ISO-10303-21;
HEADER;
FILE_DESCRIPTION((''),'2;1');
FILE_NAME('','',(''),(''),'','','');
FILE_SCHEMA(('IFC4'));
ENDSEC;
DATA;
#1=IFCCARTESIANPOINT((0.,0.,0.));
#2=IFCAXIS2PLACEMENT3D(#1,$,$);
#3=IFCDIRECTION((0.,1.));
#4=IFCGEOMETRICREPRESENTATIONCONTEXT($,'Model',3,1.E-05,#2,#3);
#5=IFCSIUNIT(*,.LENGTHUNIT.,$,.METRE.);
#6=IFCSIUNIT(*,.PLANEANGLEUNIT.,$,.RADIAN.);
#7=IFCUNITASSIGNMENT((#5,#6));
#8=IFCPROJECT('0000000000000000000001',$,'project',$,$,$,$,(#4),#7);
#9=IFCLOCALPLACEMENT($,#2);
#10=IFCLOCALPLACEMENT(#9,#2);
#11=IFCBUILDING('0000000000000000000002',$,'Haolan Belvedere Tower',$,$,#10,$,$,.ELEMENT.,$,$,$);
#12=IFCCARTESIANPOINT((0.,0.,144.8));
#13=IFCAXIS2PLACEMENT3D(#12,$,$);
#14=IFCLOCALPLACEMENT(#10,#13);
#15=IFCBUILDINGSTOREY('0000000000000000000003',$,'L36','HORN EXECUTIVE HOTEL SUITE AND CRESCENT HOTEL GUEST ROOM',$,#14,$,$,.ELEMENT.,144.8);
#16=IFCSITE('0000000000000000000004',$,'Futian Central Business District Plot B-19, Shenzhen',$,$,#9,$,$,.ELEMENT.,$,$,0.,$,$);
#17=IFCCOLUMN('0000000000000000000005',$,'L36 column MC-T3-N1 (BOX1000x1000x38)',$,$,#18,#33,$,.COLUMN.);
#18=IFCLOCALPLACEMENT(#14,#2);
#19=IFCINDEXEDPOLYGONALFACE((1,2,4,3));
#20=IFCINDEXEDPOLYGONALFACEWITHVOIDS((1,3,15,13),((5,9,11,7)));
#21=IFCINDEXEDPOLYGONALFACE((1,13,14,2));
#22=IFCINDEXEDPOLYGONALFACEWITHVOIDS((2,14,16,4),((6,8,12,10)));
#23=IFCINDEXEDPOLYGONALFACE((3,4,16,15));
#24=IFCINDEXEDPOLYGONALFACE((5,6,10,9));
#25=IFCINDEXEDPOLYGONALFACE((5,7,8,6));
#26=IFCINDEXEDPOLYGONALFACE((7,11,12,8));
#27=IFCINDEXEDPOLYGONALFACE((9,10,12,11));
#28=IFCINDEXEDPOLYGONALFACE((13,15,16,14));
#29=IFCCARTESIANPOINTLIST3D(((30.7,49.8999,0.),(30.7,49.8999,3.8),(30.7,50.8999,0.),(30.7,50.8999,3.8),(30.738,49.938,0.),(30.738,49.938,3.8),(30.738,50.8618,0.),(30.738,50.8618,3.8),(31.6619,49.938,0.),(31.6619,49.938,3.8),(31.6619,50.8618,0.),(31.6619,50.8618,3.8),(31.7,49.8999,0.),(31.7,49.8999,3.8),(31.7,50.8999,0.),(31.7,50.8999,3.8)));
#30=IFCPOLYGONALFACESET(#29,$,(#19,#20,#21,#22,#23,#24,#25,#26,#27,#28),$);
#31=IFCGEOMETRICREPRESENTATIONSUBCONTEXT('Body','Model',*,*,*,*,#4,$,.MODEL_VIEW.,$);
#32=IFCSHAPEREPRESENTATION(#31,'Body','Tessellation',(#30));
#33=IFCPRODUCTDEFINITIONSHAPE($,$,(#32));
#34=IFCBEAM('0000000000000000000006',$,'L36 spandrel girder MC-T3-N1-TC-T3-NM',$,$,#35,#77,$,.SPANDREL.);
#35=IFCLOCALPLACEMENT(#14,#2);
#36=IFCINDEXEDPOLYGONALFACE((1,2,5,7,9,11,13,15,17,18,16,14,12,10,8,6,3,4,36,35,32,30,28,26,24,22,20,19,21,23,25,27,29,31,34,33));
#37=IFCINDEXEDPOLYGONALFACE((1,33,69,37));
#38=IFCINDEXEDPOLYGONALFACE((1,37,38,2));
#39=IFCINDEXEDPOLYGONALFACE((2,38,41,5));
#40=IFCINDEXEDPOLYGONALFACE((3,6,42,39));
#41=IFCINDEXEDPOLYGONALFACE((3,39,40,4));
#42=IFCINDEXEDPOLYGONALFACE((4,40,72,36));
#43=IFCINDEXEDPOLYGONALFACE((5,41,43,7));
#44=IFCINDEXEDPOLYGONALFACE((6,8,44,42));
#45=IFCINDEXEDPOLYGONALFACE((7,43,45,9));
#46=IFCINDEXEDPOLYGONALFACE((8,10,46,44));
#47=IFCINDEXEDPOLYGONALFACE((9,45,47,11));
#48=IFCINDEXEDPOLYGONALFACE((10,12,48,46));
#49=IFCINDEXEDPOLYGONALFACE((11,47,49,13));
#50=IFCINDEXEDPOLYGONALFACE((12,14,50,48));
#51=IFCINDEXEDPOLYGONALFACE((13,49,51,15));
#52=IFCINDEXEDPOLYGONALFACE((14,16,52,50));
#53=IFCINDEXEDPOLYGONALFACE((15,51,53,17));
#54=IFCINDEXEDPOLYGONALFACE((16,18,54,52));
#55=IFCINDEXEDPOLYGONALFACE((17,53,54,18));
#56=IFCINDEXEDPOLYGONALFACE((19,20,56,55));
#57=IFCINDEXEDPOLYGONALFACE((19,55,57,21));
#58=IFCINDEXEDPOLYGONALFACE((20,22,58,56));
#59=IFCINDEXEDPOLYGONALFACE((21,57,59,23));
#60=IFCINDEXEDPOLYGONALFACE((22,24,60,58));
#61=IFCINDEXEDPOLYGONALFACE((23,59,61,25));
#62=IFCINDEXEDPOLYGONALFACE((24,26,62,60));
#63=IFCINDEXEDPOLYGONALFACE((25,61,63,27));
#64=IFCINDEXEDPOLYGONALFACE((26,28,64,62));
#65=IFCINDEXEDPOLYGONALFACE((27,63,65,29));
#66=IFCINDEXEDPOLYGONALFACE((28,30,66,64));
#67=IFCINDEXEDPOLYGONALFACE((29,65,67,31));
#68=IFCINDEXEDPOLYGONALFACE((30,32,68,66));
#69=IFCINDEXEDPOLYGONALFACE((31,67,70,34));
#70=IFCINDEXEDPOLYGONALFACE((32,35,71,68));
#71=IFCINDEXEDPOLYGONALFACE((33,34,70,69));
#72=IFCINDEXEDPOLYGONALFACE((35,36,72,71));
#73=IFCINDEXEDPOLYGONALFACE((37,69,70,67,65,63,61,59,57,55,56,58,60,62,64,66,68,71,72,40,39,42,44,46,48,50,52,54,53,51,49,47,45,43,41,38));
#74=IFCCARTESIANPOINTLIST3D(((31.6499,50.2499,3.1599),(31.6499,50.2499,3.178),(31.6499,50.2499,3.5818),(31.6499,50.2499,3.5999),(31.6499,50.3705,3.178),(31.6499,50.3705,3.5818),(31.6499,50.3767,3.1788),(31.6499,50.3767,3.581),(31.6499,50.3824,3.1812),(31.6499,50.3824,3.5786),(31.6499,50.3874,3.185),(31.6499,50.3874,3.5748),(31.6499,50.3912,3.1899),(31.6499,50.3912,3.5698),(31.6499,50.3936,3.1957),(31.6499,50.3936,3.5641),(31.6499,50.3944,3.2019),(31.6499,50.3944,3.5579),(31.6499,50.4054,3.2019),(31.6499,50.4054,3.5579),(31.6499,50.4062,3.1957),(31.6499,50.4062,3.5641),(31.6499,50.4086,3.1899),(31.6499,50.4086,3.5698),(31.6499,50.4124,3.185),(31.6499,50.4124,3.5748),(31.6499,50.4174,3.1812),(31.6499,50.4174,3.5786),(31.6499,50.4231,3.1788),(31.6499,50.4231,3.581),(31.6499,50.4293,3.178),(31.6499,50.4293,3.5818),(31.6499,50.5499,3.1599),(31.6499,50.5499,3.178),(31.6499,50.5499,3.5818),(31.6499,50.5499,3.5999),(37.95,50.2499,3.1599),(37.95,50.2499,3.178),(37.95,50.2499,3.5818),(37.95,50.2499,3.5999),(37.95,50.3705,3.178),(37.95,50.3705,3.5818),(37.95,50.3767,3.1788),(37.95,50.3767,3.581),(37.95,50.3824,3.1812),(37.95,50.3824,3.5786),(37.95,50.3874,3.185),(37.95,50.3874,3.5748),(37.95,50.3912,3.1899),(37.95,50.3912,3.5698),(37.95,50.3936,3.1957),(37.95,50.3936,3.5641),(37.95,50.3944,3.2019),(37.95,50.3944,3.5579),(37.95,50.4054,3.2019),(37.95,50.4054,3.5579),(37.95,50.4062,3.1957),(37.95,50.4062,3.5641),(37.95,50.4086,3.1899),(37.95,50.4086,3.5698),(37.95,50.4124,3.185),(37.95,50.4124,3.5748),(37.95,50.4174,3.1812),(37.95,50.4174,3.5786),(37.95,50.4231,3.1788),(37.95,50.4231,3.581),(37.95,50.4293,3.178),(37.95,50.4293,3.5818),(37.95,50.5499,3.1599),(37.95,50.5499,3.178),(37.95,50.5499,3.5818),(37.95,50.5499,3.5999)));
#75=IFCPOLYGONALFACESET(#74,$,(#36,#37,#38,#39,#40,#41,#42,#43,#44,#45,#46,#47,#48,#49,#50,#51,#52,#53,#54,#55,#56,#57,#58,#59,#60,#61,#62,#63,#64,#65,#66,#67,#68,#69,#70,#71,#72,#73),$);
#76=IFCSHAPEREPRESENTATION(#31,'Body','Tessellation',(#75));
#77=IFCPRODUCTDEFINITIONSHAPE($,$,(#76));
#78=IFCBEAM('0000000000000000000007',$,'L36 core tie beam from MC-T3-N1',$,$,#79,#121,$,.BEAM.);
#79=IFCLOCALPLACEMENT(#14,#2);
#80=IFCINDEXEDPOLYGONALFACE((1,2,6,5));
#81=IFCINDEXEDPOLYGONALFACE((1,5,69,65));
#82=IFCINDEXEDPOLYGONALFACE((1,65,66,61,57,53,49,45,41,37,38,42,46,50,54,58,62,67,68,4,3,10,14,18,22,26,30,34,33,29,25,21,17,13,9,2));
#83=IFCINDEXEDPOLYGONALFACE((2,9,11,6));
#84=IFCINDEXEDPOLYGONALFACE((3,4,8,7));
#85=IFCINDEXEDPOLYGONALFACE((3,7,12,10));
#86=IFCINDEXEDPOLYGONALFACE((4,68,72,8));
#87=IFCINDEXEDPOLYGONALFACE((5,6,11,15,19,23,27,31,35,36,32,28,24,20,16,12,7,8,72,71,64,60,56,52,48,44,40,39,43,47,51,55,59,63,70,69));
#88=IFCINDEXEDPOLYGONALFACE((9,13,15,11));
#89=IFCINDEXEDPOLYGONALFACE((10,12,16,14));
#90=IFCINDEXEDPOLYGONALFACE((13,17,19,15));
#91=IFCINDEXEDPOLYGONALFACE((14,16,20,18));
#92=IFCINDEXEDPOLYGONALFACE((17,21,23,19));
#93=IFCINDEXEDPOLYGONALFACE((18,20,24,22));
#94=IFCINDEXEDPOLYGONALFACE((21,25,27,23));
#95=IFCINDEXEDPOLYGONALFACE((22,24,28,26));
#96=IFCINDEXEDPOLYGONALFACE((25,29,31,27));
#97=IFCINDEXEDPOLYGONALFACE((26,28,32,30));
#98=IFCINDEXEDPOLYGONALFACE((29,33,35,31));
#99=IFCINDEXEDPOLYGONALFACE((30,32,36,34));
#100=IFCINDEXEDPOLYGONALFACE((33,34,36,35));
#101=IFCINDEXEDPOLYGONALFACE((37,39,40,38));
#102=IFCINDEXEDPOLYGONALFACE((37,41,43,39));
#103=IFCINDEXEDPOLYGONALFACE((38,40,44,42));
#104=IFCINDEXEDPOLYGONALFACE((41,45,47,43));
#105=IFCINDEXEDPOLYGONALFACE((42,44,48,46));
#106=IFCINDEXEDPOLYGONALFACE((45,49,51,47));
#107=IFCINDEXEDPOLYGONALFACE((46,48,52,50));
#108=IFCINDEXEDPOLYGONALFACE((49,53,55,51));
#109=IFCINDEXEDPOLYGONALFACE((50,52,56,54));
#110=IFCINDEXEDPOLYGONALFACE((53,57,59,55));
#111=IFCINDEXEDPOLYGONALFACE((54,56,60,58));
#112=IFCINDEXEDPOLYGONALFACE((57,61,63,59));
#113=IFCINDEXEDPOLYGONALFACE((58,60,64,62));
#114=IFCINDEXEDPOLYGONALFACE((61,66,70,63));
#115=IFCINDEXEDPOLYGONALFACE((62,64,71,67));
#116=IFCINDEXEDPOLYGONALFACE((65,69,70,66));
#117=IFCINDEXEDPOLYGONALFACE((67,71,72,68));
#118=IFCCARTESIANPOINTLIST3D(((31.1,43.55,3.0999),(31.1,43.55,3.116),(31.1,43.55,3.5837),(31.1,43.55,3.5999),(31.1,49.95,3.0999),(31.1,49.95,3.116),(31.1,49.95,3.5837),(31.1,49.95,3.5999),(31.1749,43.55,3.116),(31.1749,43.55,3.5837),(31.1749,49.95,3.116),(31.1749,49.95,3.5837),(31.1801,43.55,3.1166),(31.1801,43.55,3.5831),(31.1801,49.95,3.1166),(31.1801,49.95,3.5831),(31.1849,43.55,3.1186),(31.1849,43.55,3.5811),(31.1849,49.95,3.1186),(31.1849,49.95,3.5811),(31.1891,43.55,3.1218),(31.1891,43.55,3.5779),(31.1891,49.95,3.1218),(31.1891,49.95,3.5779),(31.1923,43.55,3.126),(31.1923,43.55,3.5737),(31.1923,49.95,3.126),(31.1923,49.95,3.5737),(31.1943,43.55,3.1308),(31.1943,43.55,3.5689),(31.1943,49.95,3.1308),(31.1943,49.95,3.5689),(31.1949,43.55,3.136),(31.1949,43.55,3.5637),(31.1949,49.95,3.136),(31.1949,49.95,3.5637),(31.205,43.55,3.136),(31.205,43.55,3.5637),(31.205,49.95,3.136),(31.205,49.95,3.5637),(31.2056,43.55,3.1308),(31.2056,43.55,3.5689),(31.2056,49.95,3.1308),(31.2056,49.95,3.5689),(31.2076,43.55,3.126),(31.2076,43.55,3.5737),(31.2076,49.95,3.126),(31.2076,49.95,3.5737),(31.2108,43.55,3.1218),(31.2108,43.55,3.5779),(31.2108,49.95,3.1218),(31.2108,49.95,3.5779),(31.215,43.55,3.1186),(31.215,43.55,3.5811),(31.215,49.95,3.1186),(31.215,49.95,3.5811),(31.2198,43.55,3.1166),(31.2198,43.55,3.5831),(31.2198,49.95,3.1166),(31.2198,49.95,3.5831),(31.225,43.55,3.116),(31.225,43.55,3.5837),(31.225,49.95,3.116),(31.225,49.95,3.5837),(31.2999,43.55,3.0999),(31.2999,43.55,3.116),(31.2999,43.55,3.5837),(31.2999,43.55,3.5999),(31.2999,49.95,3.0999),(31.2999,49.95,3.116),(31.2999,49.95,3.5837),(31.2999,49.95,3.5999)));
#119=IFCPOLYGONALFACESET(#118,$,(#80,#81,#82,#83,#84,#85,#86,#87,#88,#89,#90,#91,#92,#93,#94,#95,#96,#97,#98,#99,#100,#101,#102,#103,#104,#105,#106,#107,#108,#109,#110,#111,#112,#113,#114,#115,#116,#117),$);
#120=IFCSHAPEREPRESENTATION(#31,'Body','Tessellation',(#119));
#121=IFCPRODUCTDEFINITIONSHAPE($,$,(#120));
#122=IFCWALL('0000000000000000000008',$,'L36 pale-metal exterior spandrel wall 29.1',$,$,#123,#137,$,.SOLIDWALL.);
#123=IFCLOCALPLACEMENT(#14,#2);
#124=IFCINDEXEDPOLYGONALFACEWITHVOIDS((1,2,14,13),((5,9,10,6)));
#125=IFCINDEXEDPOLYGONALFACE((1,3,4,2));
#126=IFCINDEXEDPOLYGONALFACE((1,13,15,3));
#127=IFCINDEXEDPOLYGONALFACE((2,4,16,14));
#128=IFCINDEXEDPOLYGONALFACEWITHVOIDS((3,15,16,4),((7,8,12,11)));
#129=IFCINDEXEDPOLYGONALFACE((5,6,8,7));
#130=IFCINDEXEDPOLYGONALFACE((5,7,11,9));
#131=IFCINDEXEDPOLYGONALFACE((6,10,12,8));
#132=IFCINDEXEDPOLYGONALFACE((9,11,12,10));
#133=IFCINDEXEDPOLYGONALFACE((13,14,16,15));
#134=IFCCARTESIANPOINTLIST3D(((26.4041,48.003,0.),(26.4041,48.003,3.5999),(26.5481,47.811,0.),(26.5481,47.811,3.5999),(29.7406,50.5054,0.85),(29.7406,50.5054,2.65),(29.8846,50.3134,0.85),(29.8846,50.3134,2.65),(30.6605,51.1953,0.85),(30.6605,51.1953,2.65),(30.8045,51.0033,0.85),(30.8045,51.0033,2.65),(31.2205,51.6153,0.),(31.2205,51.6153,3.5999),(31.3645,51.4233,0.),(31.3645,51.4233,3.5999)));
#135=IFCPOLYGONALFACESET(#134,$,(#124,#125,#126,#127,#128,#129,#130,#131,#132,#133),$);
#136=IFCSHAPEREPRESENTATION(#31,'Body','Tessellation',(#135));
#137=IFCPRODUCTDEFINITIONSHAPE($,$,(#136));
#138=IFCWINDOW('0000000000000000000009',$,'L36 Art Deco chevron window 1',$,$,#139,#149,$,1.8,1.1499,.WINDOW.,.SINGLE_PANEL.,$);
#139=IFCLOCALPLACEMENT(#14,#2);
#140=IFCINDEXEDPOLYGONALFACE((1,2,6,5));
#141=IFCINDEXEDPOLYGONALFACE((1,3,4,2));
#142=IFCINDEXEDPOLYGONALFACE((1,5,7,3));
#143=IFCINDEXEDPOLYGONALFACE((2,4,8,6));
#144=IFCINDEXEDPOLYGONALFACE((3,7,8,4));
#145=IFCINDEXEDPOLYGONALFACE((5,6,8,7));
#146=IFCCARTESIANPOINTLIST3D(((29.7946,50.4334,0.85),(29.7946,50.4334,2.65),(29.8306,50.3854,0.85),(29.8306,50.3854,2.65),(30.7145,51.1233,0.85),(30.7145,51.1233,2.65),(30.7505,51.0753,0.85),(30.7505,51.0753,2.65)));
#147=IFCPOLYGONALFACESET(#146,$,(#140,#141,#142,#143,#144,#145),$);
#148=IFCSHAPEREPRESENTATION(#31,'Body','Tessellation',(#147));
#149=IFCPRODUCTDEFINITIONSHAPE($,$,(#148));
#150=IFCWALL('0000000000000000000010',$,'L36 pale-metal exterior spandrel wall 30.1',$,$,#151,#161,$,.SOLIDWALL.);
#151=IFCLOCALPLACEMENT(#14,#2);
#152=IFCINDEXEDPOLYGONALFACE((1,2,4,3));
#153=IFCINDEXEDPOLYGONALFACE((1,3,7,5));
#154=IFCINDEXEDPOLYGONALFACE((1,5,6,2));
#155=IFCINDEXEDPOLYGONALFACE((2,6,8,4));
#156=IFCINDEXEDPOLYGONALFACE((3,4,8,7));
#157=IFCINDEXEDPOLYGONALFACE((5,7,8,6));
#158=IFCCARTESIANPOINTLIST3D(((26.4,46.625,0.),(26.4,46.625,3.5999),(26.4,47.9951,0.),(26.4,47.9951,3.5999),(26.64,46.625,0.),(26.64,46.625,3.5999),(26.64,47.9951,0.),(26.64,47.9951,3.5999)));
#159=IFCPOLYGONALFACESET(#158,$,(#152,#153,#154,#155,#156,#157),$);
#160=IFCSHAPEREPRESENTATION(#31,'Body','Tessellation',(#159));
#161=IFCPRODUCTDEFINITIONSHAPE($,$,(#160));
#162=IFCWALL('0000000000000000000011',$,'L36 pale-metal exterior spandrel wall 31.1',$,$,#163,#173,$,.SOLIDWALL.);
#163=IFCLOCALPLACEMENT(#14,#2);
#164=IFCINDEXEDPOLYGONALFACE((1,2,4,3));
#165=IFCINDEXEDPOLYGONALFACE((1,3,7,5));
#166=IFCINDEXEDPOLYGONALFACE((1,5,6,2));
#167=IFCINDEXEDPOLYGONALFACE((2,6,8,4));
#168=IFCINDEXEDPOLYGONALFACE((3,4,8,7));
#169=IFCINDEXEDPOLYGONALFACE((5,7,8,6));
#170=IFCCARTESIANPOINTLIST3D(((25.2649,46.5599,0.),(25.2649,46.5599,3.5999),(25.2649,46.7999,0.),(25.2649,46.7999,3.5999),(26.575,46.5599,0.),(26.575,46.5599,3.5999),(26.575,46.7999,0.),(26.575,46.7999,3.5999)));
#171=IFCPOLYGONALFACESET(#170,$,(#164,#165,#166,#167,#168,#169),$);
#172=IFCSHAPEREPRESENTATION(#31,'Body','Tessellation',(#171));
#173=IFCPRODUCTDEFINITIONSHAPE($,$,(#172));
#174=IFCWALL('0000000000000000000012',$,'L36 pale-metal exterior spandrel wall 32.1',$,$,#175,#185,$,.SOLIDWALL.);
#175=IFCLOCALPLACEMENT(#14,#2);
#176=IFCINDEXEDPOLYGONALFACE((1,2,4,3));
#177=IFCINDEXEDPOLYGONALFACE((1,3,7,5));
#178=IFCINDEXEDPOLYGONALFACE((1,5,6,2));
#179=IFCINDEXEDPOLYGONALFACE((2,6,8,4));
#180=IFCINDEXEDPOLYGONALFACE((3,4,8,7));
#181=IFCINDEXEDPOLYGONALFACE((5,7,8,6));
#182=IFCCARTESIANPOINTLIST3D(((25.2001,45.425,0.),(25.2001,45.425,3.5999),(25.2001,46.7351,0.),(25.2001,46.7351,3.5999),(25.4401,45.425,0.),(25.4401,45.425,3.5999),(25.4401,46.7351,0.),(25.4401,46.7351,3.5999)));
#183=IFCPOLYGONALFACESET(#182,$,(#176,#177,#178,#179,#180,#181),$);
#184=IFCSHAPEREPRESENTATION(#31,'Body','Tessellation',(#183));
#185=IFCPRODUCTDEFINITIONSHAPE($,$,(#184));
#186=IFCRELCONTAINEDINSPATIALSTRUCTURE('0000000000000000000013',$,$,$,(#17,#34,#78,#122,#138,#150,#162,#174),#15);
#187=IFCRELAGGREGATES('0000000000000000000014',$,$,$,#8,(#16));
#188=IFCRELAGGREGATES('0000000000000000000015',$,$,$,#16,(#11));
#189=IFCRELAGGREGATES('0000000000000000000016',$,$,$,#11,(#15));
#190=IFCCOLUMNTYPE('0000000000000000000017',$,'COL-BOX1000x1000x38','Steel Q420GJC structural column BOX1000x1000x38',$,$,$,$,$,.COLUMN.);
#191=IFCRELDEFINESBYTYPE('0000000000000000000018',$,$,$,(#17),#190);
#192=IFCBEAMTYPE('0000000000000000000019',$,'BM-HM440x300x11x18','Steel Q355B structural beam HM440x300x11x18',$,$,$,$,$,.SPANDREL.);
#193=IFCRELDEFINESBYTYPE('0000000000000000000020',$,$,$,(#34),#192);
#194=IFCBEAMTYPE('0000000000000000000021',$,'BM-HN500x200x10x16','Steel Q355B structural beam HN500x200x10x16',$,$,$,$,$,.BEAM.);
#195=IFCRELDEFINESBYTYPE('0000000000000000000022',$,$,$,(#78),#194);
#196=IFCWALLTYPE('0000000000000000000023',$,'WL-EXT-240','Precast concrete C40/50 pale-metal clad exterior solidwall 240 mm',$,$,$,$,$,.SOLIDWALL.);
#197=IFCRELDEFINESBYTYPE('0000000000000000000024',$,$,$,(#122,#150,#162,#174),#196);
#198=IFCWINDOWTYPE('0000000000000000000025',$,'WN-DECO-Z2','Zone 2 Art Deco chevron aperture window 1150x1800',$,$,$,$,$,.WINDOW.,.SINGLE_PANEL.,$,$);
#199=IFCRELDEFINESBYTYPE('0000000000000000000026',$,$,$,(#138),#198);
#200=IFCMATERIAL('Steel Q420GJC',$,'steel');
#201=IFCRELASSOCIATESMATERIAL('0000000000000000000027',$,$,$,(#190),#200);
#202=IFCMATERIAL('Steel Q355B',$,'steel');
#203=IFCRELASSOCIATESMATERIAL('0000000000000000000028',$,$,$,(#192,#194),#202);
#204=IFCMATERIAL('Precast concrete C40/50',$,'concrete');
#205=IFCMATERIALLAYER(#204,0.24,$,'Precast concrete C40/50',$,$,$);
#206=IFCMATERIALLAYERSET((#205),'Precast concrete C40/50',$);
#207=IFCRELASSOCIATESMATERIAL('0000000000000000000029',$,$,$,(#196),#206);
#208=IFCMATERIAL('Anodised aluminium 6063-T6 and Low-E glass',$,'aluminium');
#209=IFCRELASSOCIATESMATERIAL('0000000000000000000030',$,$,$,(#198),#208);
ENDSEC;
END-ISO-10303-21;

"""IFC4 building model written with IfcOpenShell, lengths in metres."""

from ifc_helpers import new_model, si_unit, direction, frame, frame_2d, origin, origin_2d, place, context, subcontext, project, spatial, rectangle, hollow_rectangle, i_section, extrude, material, layer, layer_set, material_profile, profile_set, type_object, element, fill, save


model = new_model("IFC4")

# Units and contexts
model_context = context("Model", 3, precision=1e-05, world=origin(), true_north=direction((0.0, 1.0)))
body_context = subcontext(model_context, "Body", "Model", "MODEL_VIEW")
ifc_project = project(units=[si_unit("LENGTHUNIT", "METRE"), si_unit("PLANEANGLEUNIT", "RADIAN")], contexts=[model_context])

# Site, building, storey
site_placement = place(None, origin())
site = spatial("IfcSite", under=ifc_project, at=site_placement, Name="Futian Central Business District Plot B-19, Shenzhen", CompositionType="ELEMENT", RefElevation=0.0)
building_placement = place(site_placement, origin())
building = spatial("IfcBuilding", under=site, at=building_placement, Name="Haolan Belvedere Tower", CompositionType="ELEMENT")
storey_placement = place(building_placement, frame((0.0, 0.0, 144.8)))
storey = spatial("IfcBuildingStorey", under=building, at=storey_placement, Name="L36", Description="HORN EXECUTIVE HOTEL SUITE AND CRESCENT HOTEL GUEST ROOM", CompositionType="ELEMENT", Elevation=144.8)

# Column
ifc_material_1 = material(Name="Steel Q420GJC", Category="steel")
ifc_material_profile_1 = material_profile(ifc_material_1, hollow_rectangle(XDim=1.0, YDim=1.0, WallThickness=0.0381, at=origin_2d()), Name="Steel Q420GJC")
ifc_profile_set_1 = profile_set([ifc_material_profile_1], Name="Steel Q420GJC")
column_type = type_object("IfcColumnType", Name="COL-BOX1000x1000x38", Description="Steel Q420GJC structural column BOX1000x1000x38", PredefinedType="COLUMN", material=ifc_profile_set_1)
column_placement = place(storey_placement, frame((31.2, 50.3999, 0.0), z_axis=(0.0, 0.0, 1.0), x_axis=(1.0, 0.0, 0.0)))
element("IfcColumn", 1, at=column_placement, inside=storey, type_object=column_type, Name="L36 column MC-T3-N1 (BOX1000x1000x38)", PredefinedType="COLUMN", context=body_context, shape_type="SweptSolid", body=[
    extrude(hollow_rectangle(XDim=1.0, YDim=1.0, WallThickness=0.0381, at=origin_2d()), origin(), (0.0, 0.0, 1.0), 3.8),
])

# Beams
ifc_material_2 = material(Name="Steel Q355B", Category="steel")
ifc_material_profile_2 = material_profile(ifc_material_2, i_section(OverallWidth=0.3, OverallDepth=0.4399, WebThickness=0.011, FlangeThickness=0.0181, FilletRadius=0.0239, at=origin_2d()), Name="Steel Q355B")
ifc_profile_set_2 = profile_set([ifc_material_profile_2], Name="Steel Q355B")
beam_type_1 = type_object("IfcBeamType", Name="BM-HM440x300x11x18", Description="Steel Q355B structural beam HM440x300x11x18", PredefinedType="SPANDREL", material=ifc_profile_set_2)
beam_1_placement = place(storey_placement, frame((31.6499, 50.3999, 3.3799), z_axis=(1.0, 0.0, 0.0), x_axis=(0.0, 1.0, 0.0)))
element("IfcBeam", 2, at=beam_1_placement, inside=storey, type_object=beam_type_1, Name="L36 spandrel girder MC-T3-N1-TC-T3-NM", PredefinedType="SPANDREL", context=body_context, shape_type="SweptSolid", body=[
    extrude(i_section(OverallWidth=0.3, OverallDepth=0.4399, WebThickness=0.011, FlangeThickness=0.0181, FilletRadius=0.0239, at=origin_2d()), origin(), (0.0, 0.0, 1.0), 6.3),
])
ifc_material_profile_3 = material_profile(ifc_material_2, i_section(OverallWidth=0.2, OverallDepth=0.5, WebThickness=0.01, FlangeThickness=0.0161, FilletRadius=0.02, at=origin_2d()), Name="Steel Q355B")
ifc_profile_set_3 = profile_set([ifc_material_profile_3], Name="Steel Q355B")
beam_type_2 = type_object("IfcBeamType", Name="BM-HN500x200x10x16", Description="Steel Q355B structural beam HN500x200x10x16", PredefinedType="BEAM", material=ifc_profile_set_3)
beam_2_placement = place(storey_placement, frame((31.2, 49.95, 3.3499), z_axis=(0.0, -1.0, 0.0), x_axis=(1.0, 0.0, 0.0)))
element("IfcBeam", 3, at=beam_2_placement, inside=storey, type_object=beam_type_2, Name="L36 core tie beam from MC-T3-N1", PredefinedType="BEAM", context=body_context, shape_type="SweptSolid", body=[
    extrude(i_section(OverallWidth=0.2, OverallDepth=0.5, WebThickness=0.01, FlangeThickness=0.0161, FilletRadius=0.02, at=origin_2d()), origin(), (0.0, 0.0, 1.0), 6.3999),
])

# Wall, opening, window
ifc_material_3 = material(Name="Precast concrete C40/50", Category="concrete")
ifc_layer_1 = layer(ifc_material_3, 0.24, Name="Precast concrete C40/50")
ifc_layer_set_1 = layer_set([ifc_layer_1], Name="Precast concrete C40/50")
wall_type_1 = type_object("IfcWallType", Name="WL-EXT-240", Description="Precast concrete C40/50 pale-metal clad exterior solidwall 240 mm", PredefinedType="SOLIDWALL", material=ifc_layer_set_1)
wall_1_placement = place(storey_placement, frame((31.2925, 51.5193, 0.0), z_axis=(0.0, 0.0, 1.0), x_axis=(-0.8, -0.6, 0.0)))
wall_1 = element("IfcWall", 4, at=wall_1_placement, inside=storey, type_object=wall_type_1, Name="L36 pale-metal exterior spandrel wall 29.1", PredefinedType="SOLIDWALL", context=body_context, shape_type="SweptSolid", body=[
    extrude(rectangle(XDim=6.0205, YDim=0.24, at=frame_2d((3.0103, 0.0))), origin(), (0.0, 0.0, 1.0), 3.5999),
])
opening_1_placement = place(wall_1_placement, frame((0.7, 0.0, 0.8501)))
opening_1 = element("IfcOpeningElement", 5, at=opening_1_placement, cuts=wall_1, PredefinedType="OPENING", context=body_context, shape_type="SweptSolid", body=[
    extrude(rectangle(XDim=1.1499, YDim=1.8, at=frame_2d((0.575, 0.8999))), frame((0.0, 0.1299, 0.0), z_axis=(0.0, -1.0, 0.0), x_axis=(1.0, 0.0, 0.0)), (0.0, 0.0, 1.0), 0.26),
])
ifc_material_4 = material(Name="Anodised aluminium 6063-T6 and Low-E glass", Category="aluminium")
window_type = type_object("IfcWindowType", Name="WN-DECO-Z2", Description="Zone 2 Art Deco chevron aperture window 1150x1800", PartitioningType="SINGLE_PANEL", PredefinedType="WINDOW", material=ifc_material_4)
window_placement = place(opening_1_placement, origin())
window = element("IfcWindow", 6, at=window_placement, inside=storey, type_object=window_type, Name="L36 Art Deco chevron window 1", OverallHeight=1.8, OverallWidth=1.1499, PartitioningType="SINGLE_PANEL", PredefinedType="WINDOW", context=body_context, shape_type="SweptSolid", body=[
    extrude(rectangle(XDim=1.1499, YDim=1.8, at=frame_2d((0.575, 0.8999))), frame((0.0, 0.03, 0.0), z_axis=(0.0, -1.0, 0.0), x_axis=(1.0, 0.0, 0.0)), (0.0, 0.0, 1.0), 0.0601),
])
fill(opening_1, window)

# Walls
wall_2_placement = place(storey_placement, frame((26.52, 47.9951, 0.0), z_axis=(0.0, 0.0, 1.0), x_axis=(0.0, -1.0, 0.0)))
element("IfcWall", 7, at=wall_2_placement, inside=storey, type_object=wall_type_1, Name="L36 pale-metal exterior spandrel wall 30.1", PredefinedType="SOLIDWALL", context=body_context, shape_type="SweptSolid", body=[
    extrude(rectangle(XDim=1.3701, YDim=0.24, at=frame_2d((0.6851, 0.0))), origin(), (0.0, 0.0, 1.0), 3.5999),
])
for number, where, z_axis, x_axis, name in (
    (8, (26.575, 46.6799, 0.0), (0.0, 0.0, 1.0), (-1.0, 0.0, 0.0), "L36 pale-metal exterior spandrel wall 31.1"),
    (9, (25.3201, 46.7351, 0.0), (0.0, 0.0, 1.0), (0.0, -1.0, 0.0), "L36 pale-metal exterior spandrel wall 32.1"),
):
    element("IfcWall", number, at=place(storey_placement, frame(where, z_axis=z_axis, x_axis=x_axis)), inside=storey, type_object=wall_type_1, Name=name, PredefinedType="SOLIDWALL", context=body_context, shape_type="SweptSolid", body=[
        extrude(rectangle(XDim=1.3101, YDim=0.24, at=frame_2d((0.655, 0.0))), origin(), (0.0, 0.0, 1.0), 3.5999),
    ])

save(model, "model.ifc")
